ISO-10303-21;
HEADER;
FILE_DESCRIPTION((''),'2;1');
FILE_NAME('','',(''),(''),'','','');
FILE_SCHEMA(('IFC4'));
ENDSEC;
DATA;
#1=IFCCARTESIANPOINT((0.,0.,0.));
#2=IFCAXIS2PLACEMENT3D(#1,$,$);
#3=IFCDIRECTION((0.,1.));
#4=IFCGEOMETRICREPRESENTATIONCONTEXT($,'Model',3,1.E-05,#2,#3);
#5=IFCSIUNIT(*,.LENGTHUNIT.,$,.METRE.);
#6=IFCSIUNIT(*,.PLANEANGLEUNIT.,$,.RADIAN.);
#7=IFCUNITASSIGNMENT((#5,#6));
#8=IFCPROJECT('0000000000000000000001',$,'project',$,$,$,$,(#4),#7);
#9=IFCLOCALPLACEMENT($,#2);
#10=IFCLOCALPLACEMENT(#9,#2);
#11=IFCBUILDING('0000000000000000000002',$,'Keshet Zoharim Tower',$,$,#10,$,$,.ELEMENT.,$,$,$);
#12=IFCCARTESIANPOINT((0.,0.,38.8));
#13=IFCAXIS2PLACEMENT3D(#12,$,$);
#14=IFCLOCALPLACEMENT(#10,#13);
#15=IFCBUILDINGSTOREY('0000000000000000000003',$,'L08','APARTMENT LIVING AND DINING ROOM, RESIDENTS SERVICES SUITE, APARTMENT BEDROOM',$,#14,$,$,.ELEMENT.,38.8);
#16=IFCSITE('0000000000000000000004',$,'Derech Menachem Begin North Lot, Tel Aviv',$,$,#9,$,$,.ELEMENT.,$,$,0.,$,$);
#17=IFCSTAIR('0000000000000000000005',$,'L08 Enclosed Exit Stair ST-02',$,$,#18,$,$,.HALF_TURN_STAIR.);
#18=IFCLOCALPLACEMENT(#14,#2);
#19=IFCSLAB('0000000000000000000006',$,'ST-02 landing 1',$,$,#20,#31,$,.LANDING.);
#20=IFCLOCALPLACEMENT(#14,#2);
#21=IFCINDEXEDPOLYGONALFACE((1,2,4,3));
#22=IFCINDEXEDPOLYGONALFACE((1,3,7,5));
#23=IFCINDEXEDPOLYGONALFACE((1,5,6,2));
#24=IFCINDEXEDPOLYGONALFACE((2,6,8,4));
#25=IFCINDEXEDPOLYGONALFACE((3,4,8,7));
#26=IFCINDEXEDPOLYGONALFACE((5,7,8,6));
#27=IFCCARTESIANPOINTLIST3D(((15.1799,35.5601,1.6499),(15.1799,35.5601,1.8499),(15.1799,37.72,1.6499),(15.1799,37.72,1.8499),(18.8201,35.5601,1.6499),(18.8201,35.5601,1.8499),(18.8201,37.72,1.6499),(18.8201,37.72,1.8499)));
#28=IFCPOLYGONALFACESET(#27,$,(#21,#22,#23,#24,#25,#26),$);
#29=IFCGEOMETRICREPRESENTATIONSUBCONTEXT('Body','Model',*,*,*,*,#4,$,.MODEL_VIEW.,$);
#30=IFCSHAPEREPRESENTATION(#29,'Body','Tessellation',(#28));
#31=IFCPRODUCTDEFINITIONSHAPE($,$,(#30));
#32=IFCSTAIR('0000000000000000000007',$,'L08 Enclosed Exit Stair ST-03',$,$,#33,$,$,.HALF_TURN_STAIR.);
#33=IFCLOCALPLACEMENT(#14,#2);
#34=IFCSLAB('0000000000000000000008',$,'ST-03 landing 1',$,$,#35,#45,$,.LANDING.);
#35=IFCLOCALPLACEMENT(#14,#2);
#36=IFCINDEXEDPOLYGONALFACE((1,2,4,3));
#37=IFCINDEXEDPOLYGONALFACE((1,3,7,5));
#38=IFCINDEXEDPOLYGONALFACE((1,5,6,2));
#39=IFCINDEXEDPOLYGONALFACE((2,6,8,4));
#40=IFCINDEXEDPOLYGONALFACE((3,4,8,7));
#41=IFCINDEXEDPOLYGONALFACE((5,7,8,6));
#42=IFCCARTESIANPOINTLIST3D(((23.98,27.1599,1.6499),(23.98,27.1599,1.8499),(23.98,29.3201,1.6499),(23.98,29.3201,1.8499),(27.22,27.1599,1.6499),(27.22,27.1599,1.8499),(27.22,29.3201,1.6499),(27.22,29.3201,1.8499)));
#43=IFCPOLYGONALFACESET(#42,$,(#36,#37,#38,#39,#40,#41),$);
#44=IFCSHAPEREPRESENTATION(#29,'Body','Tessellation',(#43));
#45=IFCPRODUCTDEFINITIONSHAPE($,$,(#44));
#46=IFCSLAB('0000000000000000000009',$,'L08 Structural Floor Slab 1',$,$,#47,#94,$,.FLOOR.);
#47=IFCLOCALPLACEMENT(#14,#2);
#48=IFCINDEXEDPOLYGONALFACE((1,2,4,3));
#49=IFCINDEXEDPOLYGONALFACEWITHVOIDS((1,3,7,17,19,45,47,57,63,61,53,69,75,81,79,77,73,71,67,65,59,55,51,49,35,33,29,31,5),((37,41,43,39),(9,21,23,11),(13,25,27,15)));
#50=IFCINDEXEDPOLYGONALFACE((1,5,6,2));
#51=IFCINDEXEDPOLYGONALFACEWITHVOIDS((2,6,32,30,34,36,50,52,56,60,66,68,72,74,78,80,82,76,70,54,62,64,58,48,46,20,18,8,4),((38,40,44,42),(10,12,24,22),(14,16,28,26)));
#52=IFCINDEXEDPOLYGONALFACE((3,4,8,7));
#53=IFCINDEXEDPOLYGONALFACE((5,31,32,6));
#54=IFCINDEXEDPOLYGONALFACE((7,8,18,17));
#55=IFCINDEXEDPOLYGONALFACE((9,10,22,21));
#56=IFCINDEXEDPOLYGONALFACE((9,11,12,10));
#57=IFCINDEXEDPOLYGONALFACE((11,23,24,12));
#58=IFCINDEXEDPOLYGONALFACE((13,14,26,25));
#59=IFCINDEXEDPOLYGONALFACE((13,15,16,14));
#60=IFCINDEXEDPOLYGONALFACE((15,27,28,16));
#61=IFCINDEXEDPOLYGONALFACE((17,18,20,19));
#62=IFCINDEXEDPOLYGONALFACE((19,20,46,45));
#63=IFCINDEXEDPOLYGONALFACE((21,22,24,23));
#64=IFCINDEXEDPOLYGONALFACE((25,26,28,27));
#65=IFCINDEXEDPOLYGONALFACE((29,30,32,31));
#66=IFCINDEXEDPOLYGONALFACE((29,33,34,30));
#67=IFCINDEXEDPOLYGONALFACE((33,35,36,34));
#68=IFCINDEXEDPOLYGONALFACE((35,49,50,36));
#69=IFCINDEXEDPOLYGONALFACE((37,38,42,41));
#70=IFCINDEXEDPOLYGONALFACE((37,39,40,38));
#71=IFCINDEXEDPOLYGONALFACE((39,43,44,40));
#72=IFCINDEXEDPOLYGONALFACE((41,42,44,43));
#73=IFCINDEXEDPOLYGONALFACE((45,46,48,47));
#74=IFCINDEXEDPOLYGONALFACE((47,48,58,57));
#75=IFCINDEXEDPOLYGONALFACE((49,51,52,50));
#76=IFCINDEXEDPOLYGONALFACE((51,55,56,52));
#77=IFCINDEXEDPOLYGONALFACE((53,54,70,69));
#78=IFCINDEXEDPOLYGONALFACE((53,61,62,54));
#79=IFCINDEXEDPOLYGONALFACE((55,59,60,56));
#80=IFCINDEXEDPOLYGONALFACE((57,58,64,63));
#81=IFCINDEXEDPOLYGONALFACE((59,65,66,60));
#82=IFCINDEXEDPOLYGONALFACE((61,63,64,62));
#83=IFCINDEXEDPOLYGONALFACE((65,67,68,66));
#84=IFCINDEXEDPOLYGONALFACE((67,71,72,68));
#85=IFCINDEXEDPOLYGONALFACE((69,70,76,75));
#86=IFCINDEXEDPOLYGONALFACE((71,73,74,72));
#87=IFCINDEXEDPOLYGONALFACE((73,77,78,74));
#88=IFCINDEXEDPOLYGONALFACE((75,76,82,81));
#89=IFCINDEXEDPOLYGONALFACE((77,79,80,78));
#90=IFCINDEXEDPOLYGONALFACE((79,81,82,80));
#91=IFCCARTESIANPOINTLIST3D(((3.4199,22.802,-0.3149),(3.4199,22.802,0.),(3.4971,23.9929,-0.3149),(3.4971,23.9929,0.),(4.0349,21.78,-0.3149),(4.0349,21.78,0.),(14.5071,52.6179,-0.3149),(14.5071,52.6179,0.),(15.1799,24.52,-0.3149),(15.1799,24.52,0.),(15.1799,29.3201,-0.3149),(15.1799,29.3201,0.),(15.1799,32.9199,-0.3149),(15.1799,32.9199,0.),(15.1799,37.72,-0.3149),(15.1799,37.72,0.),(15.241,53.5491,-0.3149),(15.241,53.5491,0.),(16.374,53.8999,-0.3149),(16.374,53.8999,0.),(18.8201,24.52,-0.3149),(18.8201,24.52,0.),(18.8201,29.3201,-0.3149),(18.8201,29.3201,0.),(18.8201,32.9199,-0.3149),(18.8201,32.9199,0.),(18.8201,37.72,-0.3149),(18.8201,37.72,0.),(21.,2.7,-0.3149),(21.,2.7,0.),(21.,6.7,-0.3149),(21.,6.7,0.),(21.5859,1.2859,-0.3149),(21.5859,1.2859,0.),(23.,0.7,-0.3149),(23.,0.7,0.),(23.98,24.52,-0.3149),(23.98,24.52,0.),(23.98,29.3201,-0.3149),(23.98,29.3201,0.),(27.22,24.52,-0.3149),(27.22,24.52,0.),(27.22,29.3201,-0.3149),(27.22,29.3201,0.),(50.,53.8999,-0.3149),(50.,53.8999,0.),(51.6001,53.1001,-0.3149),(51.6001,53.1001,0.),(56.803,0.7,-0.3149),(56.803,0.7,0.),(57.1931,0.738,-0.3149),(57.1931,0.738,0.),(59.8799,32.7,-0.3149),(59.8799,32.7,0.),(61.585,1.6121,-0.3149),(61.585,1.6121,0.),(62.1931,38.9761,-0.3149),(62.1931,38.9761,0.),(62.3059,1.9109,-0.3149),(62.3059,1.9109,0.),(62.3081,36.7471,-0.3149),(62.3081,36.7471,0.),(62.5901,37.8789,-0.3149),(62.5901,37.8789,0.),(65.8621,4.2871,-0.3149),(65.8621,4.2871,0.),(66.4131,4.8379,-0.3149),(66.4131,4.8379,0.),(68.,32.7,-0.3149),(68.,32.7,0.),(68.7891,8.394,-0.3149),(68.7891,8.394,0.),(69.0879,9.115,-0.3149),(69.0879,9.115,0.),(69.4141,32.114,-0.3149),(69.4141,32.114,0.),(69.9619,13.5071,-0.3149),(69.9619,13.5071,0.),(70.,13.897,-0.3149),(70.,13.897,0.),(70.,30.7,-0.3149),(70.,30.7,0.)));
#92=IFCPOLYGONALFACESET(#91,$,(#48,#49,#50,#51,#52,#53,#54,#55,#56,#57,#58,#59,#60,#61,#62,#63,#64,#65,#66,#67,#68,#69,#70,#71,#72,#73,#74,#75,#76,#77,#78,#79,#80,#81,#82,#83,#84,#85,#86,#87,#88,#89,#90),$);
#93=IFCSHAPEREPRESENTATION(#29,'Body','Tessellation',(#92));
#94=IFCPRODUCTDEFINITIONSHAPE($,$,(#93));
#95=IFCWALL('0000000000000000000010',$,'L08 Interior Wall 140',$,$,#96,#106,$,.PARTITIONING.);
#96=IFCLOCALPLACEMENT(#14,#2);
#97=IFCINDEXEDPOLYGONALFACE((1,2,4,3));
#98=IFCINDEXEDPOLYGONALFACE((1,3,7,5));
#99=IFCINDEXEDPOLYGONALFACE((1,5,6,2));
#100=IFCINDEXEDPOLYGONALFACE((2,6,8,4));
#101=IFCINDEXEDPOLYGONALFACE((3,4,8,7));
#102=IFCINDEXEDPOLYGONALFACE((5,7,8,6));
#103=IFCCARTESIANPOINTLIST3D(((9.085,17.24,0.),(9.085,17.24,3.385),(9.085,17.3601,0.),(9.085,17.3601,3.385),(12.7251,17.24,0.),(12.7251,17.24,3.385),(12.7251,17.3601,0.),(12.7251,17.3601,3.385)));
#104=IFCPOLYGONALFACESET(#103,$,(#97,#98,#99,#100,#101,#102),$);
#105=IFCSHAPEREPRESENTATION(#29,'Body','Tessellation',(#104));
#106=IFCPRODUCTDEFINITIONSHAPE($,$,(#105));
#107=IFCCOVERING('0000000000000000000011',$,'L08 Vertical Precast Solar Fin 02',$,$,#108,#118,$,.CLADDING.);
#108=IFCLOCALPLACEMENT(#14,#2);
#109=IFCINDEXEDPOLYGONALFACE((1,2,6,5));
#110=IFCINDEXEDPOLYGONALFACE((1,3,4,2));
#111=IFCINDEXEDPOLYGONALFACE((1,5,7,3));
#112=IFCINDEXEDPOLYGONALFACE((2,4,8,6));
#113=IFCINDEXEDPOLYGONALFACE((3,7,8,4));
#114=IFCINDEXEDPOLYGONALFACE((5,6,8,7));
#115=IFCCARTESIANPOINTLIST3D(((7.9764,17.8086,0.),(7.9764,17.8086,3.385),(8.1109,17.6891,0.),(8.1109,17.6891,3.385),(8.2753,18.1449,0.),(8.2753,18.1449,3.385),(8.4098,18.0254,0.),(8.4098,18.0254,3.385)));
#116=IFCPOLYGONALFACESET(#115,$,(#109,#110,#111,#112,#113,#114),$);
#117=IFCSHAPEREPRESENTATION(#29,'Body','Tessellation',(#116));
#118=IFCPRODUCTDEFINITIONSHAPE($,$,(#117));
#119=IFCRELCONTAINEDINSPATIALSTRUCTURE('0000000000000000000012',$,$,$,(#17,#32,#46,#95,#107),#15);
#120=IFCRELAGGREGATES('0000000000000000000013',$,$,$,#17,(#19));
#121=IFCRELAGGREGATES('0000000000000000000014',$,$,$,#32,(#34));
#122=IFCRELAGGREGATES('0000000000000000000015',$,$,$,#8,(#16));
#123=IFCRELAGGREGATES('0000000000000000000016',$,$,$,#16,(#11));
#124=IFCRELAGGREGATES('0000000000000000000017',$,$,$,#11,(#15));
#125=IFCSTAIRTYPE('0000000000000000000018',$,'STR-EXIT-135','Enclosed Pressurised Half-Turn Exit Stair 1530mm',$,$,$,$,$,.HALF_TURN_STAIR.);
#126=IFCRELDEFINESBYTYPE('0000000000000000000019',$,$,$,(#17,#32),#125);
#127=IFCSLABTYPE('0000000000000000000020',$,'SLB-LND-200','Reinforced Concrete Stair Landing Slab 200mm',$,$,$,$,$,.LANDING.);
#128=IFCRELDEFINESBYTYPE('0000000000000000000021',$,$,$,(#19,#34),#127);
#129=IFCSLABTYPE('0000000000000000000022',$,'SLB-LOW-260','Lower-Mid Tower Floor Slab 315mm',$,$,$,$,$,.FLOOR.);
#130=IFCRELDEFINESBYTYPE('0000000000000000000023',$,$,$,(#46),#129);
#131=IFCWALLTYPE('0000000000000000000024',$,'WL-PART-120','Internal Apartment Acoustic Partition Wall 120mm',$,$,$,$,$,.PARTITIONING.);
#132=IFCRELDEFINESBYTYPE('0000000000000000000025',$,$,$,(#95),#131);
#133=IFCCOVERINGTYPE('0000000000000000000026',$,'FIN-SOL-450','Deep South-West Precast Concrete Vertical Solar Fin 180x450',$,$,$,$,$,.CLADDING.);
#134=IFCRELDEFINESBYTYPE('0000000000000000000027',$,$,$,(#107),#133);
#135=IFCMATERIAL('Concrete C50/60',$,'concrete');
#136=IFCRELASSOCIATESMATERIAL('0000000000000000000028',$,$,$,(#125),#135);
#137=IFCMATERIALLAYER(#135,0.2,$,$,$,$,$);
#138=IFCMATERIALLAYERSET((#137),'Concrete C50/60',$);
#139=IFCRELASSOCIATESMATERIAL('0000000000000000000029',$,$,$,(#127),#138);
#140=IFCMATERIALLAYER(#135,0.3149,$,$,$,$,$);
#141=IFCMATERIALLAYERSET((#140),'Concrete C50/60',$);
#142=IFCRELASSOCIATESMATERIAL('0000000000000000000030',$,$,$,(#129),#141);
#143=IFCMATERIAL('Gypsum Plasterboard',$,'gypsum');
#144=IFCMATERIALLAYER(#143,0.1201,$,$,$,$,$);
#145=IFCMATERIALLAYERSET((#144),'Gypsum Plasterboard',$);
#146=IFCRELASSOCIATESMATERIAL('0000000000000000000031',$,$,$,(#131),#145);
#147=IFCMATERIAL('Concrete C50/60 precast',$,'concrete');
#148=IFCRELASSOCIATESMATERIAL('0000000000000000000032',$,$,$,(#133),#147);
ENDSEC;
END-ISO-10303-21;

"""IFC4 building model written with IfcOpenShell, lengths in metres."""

from ifc_helpers import new_model, si_unit, direction, frame, frame_2d, origin, origin_2d, place, context, subcontext, project, spatial, polyline, rectangle, outline, extrude, material, layer, layer_set, type_object, element, aggregate, save


model = new_model("IFC4")

# Units and contexts
model_context = context("Model", 3, precision=1e-05, world=origin(), true_north=direction((0.0, 1.0)))
body_context = subcontext(model_context, "Body", "Model", "MODEL_VIEW")
ifc_project = project(units=[si_unit("LENGTHUNIT", "METRE"), si_unit("PLANEANGLEUNIT", "RADIAN")], contexts=[model_context])

# Site, building, storey
site_placement = place(None, origin())
site = spatial("IfcSite", under=ifc_project, at=site_placement, Name="Derech Menachem Begin North Lot, Tel Aviv", CompositionType="ELEMENT", RefElevation=0.0)
building_placement = place(site_placement, origin())
building = spatial("IfcBuilding", under=site, at=building_placement, Name="Keshet Zoharim Tower", CompositionType="ELEMENT")
storey_placement = place(building_placement, frame((0.0, 0.0, 38.8)))
storey = spatial("IfcBuildingStorey", under=building, at=storey_placement, Name="L08", Description="APARTMENT LIVING AND DINING ROOM, RESIDENTS SERVICES SUITE, APARTMENT BEDROOM", CompositionType="ELEMENT", Elevation=38.8)

# Stairs, slabs
ifc_material_1 = material(Name="Concrete C50/60", Category="concrete")
stair_type = type_object("IfcStairType", Name="STR-EXIT-135", Description="Enclosed Pressurised Half-Turn Exit Stair 1530mm", PredefinedType="HALF_TURN_STAIR", material=ifc_material_1)
ifc_layer_1 = layer(ifc_material_1, 0.2)
ifc_layer_set_1 = layer_set([ifc_layer_1], Name="Concrete C50/60")
slab_type_1 = type_object("IfcSlabType", Name="SLB-LND-200", Description="Reinforced Concrete Stair Landing Slab 200mm", PredefinedType="LANDING", material=ifc_layer_set_1)
stair_1_placement = place(storey_placement, origin())
stair_1 = element("IfcStair", 1, at=stair_1_placement, inside=storey, type_object=stair_type, Name="L08 Enclosed Exit Stair ST-02", PredefinedType="HALF_TURN_STAIR")
slab_1_placement = place(storey_placement, frame((0.0, 0.0, 1.6499)))
slab_1 = element("IfcSlab", 2, at=slab_1_placement, type_object=slab_type_1, Name="ST-02 landing 1", PredefinedType="LANDING", context=body_context, shape_type="SweptSolid", body=[
    extrude(outline(polyline([(15.1799, 35.5601), (18.8201, 35.5601), (18.8201, 37.72), (15.1799, 37.72), (15.1799, 35.5601)])), origin(), (0.0, 0.0, 1.0), 0.2),
])
aggregate(stair_1, [slab_1])
stair_2_placement = place(storey_placement, origin())
stair_2 = element("IfcStair", 3, at=stair_2_placement, inside=storey, type_object=stair_type, Name="L08 Enclosed Exit Stair ST-03", PredefinedType="HALF_TURN_STAIR")
slab_2_placement = place(storey_placement, frame((0.0, 0.0, 1.6499)))
slab_2 = element("IfcSlab", 4, at=slab_2_placement, type_object=slab_type_1, Name="ST-03 landing 1", PredefinedType="LANDING", context=body_context, shape_type="SweptSolid", body=[
    extrude(outline(polyline([(23.98, 27.1599), (27.22, 27.1599), (27.22, 29.3201), (23.98, 29.3201), (23.98, 27.1599)])), origin(), (0.0, 0.0, 1.0), 0.2),
])
aggregate(stair_2, [slab_2])

# Slab
ifc_layer_2 = layer(ifc_material_1, 0.3149)
ifc_layer_set_2 = layer_set([ifc_layer_2], Name="Concrete C50/60")
slab_type_2 = type_object("IfcSlabType", Name="SLB-LOW-260", Description="Lower-Mid Tower Floor Slab 315mm", PredefinedType="FLOOR", material=ifc_layer_set_2)
slab_3_placement = place(storey_placement, frame((0.0, 0.0, -0.3149)))
element("IfcSlab", 5, at=slab_3_placement, inside=storey, type_object=slab_type_2, Name="L08 Structural Floor Slab 1", PredefinedType="FLOOR", context=body_context, shape_type="SweptSolid", body=[
    extrude(outline(polyline([(21.0, 6.7), (4.0349, 21.78), (3.4199, 22.802), (3.4971, 23.9929), (14.5071, 52.6179), (15.241, 53.5491), (16.374, 53.8999), (50.0, 53.8999), (51.6001, 53.1001), (62.1931, 38.9761), (62.5901, 37.8789), (62.3081, 36.7471), (59.8799, 32.7), (68.0, 32.7), (69.4141, 32.114), (70.0, 30.7), (70.0, 13.897), (69.9619, 13.5071), (69.0879, 9.115), (68.7891, 8.394), (66.4131, 4.8379), (65.8621, 4.2871), (62.3059, 1.9109), (61.585, 1.6121), (57.1931, 0.738), (56.803, 0.7), (23.0, 0.7), (21.5859, 1.2859), (21.0, 2.7), (21.0, 6.7)]), holes=[polyline([(15.1799, 24.52), (18.8201, 24.52), (18.8201, 29.3201), (15.1799, 29.3201), (15.1799, 24.52)]), polyline([(15.1799, 32.9199), (18.8201, 32.9199), (18.8201, 37.72), (15.1799, 37.72), (15.1799, 32.9199)]), polyline([(23.98, 24.52), (27.22, 24.52), (27.22, 29.3201), (23.98, 29.3201), (23.98, 24.52)])]), origin(), (0.0, 0.0, 1.0), 0.3149),
])

# Shared definitions
ifc_material_2 = material(Name="Gypsum Plasterboard", Category="gypsum")

# Wall
ifc_layer_3 = layer(ifc_material_2, 0.1201)
ifc_layer_set_3 = layer_set([ifc_layer_3], Name="Gypsum Plasterboard")
wall_type_1 = type_object("IfcWallType", Name="WL-PART-120", Description="Internal Apartment Acoustic Partition Wall 120mm", PredefinedType="PARTITIONING", material=ifc_layer_set_3)
wall_1_placement = place(storey_placement, frame((9.085, 17.3, 0.0), z_axis=(0.0, 0.0, 1.0), x_axis=(1.0, 0.0, 0.0)))
element("IfcWall", 6, at=wall_1_placement, inside=storey, type_object=wall_type_1, Name="L08 Interior Wall 140", PredefinedType="PARTITIONING", context=body_context, shape_type="SweptSolid", body=[
    extrude(rectangle(XDim=3.6401, YDim=0.1201, at=frame_2d((1.8201, 0.0))), origin(), (0.0, 0.0, 1.0), 3.385),
])

# Covering
ifc_material_3 = material(Name="Concrete C50/60 precast", Category="concrete")
covering_type = type_object("IfcCoveringType", Name="FIN-SOL-450", Description="Deep South-West Precast Concrete Vertical Solar Fin 180x450", PredefinedType="CLADDING", material=ifc_material_3)
covering_placement = place(storey_placement, frame((8.1931, 17.917, 0.0), z_axis=(0.0, 0.0, 1.0), x_axis=(-0.747409, 0.664364, 0.0)))
element("IfcCovering", 7, at=covering_placement, inside=storey, type_object=covering_type, Name="L08 Vertical Precast Solar Fin 02", PredefinedType="CLADDING", context=body_context, shape_type="SweptSolid", body=[
    extrude(rectangle(XDim=0.1799, YDim=0.45, at=origin_2d()), origin(), (0.0, 0.0, 1.0), 3.385),
])

save(model, "model.ifc")
